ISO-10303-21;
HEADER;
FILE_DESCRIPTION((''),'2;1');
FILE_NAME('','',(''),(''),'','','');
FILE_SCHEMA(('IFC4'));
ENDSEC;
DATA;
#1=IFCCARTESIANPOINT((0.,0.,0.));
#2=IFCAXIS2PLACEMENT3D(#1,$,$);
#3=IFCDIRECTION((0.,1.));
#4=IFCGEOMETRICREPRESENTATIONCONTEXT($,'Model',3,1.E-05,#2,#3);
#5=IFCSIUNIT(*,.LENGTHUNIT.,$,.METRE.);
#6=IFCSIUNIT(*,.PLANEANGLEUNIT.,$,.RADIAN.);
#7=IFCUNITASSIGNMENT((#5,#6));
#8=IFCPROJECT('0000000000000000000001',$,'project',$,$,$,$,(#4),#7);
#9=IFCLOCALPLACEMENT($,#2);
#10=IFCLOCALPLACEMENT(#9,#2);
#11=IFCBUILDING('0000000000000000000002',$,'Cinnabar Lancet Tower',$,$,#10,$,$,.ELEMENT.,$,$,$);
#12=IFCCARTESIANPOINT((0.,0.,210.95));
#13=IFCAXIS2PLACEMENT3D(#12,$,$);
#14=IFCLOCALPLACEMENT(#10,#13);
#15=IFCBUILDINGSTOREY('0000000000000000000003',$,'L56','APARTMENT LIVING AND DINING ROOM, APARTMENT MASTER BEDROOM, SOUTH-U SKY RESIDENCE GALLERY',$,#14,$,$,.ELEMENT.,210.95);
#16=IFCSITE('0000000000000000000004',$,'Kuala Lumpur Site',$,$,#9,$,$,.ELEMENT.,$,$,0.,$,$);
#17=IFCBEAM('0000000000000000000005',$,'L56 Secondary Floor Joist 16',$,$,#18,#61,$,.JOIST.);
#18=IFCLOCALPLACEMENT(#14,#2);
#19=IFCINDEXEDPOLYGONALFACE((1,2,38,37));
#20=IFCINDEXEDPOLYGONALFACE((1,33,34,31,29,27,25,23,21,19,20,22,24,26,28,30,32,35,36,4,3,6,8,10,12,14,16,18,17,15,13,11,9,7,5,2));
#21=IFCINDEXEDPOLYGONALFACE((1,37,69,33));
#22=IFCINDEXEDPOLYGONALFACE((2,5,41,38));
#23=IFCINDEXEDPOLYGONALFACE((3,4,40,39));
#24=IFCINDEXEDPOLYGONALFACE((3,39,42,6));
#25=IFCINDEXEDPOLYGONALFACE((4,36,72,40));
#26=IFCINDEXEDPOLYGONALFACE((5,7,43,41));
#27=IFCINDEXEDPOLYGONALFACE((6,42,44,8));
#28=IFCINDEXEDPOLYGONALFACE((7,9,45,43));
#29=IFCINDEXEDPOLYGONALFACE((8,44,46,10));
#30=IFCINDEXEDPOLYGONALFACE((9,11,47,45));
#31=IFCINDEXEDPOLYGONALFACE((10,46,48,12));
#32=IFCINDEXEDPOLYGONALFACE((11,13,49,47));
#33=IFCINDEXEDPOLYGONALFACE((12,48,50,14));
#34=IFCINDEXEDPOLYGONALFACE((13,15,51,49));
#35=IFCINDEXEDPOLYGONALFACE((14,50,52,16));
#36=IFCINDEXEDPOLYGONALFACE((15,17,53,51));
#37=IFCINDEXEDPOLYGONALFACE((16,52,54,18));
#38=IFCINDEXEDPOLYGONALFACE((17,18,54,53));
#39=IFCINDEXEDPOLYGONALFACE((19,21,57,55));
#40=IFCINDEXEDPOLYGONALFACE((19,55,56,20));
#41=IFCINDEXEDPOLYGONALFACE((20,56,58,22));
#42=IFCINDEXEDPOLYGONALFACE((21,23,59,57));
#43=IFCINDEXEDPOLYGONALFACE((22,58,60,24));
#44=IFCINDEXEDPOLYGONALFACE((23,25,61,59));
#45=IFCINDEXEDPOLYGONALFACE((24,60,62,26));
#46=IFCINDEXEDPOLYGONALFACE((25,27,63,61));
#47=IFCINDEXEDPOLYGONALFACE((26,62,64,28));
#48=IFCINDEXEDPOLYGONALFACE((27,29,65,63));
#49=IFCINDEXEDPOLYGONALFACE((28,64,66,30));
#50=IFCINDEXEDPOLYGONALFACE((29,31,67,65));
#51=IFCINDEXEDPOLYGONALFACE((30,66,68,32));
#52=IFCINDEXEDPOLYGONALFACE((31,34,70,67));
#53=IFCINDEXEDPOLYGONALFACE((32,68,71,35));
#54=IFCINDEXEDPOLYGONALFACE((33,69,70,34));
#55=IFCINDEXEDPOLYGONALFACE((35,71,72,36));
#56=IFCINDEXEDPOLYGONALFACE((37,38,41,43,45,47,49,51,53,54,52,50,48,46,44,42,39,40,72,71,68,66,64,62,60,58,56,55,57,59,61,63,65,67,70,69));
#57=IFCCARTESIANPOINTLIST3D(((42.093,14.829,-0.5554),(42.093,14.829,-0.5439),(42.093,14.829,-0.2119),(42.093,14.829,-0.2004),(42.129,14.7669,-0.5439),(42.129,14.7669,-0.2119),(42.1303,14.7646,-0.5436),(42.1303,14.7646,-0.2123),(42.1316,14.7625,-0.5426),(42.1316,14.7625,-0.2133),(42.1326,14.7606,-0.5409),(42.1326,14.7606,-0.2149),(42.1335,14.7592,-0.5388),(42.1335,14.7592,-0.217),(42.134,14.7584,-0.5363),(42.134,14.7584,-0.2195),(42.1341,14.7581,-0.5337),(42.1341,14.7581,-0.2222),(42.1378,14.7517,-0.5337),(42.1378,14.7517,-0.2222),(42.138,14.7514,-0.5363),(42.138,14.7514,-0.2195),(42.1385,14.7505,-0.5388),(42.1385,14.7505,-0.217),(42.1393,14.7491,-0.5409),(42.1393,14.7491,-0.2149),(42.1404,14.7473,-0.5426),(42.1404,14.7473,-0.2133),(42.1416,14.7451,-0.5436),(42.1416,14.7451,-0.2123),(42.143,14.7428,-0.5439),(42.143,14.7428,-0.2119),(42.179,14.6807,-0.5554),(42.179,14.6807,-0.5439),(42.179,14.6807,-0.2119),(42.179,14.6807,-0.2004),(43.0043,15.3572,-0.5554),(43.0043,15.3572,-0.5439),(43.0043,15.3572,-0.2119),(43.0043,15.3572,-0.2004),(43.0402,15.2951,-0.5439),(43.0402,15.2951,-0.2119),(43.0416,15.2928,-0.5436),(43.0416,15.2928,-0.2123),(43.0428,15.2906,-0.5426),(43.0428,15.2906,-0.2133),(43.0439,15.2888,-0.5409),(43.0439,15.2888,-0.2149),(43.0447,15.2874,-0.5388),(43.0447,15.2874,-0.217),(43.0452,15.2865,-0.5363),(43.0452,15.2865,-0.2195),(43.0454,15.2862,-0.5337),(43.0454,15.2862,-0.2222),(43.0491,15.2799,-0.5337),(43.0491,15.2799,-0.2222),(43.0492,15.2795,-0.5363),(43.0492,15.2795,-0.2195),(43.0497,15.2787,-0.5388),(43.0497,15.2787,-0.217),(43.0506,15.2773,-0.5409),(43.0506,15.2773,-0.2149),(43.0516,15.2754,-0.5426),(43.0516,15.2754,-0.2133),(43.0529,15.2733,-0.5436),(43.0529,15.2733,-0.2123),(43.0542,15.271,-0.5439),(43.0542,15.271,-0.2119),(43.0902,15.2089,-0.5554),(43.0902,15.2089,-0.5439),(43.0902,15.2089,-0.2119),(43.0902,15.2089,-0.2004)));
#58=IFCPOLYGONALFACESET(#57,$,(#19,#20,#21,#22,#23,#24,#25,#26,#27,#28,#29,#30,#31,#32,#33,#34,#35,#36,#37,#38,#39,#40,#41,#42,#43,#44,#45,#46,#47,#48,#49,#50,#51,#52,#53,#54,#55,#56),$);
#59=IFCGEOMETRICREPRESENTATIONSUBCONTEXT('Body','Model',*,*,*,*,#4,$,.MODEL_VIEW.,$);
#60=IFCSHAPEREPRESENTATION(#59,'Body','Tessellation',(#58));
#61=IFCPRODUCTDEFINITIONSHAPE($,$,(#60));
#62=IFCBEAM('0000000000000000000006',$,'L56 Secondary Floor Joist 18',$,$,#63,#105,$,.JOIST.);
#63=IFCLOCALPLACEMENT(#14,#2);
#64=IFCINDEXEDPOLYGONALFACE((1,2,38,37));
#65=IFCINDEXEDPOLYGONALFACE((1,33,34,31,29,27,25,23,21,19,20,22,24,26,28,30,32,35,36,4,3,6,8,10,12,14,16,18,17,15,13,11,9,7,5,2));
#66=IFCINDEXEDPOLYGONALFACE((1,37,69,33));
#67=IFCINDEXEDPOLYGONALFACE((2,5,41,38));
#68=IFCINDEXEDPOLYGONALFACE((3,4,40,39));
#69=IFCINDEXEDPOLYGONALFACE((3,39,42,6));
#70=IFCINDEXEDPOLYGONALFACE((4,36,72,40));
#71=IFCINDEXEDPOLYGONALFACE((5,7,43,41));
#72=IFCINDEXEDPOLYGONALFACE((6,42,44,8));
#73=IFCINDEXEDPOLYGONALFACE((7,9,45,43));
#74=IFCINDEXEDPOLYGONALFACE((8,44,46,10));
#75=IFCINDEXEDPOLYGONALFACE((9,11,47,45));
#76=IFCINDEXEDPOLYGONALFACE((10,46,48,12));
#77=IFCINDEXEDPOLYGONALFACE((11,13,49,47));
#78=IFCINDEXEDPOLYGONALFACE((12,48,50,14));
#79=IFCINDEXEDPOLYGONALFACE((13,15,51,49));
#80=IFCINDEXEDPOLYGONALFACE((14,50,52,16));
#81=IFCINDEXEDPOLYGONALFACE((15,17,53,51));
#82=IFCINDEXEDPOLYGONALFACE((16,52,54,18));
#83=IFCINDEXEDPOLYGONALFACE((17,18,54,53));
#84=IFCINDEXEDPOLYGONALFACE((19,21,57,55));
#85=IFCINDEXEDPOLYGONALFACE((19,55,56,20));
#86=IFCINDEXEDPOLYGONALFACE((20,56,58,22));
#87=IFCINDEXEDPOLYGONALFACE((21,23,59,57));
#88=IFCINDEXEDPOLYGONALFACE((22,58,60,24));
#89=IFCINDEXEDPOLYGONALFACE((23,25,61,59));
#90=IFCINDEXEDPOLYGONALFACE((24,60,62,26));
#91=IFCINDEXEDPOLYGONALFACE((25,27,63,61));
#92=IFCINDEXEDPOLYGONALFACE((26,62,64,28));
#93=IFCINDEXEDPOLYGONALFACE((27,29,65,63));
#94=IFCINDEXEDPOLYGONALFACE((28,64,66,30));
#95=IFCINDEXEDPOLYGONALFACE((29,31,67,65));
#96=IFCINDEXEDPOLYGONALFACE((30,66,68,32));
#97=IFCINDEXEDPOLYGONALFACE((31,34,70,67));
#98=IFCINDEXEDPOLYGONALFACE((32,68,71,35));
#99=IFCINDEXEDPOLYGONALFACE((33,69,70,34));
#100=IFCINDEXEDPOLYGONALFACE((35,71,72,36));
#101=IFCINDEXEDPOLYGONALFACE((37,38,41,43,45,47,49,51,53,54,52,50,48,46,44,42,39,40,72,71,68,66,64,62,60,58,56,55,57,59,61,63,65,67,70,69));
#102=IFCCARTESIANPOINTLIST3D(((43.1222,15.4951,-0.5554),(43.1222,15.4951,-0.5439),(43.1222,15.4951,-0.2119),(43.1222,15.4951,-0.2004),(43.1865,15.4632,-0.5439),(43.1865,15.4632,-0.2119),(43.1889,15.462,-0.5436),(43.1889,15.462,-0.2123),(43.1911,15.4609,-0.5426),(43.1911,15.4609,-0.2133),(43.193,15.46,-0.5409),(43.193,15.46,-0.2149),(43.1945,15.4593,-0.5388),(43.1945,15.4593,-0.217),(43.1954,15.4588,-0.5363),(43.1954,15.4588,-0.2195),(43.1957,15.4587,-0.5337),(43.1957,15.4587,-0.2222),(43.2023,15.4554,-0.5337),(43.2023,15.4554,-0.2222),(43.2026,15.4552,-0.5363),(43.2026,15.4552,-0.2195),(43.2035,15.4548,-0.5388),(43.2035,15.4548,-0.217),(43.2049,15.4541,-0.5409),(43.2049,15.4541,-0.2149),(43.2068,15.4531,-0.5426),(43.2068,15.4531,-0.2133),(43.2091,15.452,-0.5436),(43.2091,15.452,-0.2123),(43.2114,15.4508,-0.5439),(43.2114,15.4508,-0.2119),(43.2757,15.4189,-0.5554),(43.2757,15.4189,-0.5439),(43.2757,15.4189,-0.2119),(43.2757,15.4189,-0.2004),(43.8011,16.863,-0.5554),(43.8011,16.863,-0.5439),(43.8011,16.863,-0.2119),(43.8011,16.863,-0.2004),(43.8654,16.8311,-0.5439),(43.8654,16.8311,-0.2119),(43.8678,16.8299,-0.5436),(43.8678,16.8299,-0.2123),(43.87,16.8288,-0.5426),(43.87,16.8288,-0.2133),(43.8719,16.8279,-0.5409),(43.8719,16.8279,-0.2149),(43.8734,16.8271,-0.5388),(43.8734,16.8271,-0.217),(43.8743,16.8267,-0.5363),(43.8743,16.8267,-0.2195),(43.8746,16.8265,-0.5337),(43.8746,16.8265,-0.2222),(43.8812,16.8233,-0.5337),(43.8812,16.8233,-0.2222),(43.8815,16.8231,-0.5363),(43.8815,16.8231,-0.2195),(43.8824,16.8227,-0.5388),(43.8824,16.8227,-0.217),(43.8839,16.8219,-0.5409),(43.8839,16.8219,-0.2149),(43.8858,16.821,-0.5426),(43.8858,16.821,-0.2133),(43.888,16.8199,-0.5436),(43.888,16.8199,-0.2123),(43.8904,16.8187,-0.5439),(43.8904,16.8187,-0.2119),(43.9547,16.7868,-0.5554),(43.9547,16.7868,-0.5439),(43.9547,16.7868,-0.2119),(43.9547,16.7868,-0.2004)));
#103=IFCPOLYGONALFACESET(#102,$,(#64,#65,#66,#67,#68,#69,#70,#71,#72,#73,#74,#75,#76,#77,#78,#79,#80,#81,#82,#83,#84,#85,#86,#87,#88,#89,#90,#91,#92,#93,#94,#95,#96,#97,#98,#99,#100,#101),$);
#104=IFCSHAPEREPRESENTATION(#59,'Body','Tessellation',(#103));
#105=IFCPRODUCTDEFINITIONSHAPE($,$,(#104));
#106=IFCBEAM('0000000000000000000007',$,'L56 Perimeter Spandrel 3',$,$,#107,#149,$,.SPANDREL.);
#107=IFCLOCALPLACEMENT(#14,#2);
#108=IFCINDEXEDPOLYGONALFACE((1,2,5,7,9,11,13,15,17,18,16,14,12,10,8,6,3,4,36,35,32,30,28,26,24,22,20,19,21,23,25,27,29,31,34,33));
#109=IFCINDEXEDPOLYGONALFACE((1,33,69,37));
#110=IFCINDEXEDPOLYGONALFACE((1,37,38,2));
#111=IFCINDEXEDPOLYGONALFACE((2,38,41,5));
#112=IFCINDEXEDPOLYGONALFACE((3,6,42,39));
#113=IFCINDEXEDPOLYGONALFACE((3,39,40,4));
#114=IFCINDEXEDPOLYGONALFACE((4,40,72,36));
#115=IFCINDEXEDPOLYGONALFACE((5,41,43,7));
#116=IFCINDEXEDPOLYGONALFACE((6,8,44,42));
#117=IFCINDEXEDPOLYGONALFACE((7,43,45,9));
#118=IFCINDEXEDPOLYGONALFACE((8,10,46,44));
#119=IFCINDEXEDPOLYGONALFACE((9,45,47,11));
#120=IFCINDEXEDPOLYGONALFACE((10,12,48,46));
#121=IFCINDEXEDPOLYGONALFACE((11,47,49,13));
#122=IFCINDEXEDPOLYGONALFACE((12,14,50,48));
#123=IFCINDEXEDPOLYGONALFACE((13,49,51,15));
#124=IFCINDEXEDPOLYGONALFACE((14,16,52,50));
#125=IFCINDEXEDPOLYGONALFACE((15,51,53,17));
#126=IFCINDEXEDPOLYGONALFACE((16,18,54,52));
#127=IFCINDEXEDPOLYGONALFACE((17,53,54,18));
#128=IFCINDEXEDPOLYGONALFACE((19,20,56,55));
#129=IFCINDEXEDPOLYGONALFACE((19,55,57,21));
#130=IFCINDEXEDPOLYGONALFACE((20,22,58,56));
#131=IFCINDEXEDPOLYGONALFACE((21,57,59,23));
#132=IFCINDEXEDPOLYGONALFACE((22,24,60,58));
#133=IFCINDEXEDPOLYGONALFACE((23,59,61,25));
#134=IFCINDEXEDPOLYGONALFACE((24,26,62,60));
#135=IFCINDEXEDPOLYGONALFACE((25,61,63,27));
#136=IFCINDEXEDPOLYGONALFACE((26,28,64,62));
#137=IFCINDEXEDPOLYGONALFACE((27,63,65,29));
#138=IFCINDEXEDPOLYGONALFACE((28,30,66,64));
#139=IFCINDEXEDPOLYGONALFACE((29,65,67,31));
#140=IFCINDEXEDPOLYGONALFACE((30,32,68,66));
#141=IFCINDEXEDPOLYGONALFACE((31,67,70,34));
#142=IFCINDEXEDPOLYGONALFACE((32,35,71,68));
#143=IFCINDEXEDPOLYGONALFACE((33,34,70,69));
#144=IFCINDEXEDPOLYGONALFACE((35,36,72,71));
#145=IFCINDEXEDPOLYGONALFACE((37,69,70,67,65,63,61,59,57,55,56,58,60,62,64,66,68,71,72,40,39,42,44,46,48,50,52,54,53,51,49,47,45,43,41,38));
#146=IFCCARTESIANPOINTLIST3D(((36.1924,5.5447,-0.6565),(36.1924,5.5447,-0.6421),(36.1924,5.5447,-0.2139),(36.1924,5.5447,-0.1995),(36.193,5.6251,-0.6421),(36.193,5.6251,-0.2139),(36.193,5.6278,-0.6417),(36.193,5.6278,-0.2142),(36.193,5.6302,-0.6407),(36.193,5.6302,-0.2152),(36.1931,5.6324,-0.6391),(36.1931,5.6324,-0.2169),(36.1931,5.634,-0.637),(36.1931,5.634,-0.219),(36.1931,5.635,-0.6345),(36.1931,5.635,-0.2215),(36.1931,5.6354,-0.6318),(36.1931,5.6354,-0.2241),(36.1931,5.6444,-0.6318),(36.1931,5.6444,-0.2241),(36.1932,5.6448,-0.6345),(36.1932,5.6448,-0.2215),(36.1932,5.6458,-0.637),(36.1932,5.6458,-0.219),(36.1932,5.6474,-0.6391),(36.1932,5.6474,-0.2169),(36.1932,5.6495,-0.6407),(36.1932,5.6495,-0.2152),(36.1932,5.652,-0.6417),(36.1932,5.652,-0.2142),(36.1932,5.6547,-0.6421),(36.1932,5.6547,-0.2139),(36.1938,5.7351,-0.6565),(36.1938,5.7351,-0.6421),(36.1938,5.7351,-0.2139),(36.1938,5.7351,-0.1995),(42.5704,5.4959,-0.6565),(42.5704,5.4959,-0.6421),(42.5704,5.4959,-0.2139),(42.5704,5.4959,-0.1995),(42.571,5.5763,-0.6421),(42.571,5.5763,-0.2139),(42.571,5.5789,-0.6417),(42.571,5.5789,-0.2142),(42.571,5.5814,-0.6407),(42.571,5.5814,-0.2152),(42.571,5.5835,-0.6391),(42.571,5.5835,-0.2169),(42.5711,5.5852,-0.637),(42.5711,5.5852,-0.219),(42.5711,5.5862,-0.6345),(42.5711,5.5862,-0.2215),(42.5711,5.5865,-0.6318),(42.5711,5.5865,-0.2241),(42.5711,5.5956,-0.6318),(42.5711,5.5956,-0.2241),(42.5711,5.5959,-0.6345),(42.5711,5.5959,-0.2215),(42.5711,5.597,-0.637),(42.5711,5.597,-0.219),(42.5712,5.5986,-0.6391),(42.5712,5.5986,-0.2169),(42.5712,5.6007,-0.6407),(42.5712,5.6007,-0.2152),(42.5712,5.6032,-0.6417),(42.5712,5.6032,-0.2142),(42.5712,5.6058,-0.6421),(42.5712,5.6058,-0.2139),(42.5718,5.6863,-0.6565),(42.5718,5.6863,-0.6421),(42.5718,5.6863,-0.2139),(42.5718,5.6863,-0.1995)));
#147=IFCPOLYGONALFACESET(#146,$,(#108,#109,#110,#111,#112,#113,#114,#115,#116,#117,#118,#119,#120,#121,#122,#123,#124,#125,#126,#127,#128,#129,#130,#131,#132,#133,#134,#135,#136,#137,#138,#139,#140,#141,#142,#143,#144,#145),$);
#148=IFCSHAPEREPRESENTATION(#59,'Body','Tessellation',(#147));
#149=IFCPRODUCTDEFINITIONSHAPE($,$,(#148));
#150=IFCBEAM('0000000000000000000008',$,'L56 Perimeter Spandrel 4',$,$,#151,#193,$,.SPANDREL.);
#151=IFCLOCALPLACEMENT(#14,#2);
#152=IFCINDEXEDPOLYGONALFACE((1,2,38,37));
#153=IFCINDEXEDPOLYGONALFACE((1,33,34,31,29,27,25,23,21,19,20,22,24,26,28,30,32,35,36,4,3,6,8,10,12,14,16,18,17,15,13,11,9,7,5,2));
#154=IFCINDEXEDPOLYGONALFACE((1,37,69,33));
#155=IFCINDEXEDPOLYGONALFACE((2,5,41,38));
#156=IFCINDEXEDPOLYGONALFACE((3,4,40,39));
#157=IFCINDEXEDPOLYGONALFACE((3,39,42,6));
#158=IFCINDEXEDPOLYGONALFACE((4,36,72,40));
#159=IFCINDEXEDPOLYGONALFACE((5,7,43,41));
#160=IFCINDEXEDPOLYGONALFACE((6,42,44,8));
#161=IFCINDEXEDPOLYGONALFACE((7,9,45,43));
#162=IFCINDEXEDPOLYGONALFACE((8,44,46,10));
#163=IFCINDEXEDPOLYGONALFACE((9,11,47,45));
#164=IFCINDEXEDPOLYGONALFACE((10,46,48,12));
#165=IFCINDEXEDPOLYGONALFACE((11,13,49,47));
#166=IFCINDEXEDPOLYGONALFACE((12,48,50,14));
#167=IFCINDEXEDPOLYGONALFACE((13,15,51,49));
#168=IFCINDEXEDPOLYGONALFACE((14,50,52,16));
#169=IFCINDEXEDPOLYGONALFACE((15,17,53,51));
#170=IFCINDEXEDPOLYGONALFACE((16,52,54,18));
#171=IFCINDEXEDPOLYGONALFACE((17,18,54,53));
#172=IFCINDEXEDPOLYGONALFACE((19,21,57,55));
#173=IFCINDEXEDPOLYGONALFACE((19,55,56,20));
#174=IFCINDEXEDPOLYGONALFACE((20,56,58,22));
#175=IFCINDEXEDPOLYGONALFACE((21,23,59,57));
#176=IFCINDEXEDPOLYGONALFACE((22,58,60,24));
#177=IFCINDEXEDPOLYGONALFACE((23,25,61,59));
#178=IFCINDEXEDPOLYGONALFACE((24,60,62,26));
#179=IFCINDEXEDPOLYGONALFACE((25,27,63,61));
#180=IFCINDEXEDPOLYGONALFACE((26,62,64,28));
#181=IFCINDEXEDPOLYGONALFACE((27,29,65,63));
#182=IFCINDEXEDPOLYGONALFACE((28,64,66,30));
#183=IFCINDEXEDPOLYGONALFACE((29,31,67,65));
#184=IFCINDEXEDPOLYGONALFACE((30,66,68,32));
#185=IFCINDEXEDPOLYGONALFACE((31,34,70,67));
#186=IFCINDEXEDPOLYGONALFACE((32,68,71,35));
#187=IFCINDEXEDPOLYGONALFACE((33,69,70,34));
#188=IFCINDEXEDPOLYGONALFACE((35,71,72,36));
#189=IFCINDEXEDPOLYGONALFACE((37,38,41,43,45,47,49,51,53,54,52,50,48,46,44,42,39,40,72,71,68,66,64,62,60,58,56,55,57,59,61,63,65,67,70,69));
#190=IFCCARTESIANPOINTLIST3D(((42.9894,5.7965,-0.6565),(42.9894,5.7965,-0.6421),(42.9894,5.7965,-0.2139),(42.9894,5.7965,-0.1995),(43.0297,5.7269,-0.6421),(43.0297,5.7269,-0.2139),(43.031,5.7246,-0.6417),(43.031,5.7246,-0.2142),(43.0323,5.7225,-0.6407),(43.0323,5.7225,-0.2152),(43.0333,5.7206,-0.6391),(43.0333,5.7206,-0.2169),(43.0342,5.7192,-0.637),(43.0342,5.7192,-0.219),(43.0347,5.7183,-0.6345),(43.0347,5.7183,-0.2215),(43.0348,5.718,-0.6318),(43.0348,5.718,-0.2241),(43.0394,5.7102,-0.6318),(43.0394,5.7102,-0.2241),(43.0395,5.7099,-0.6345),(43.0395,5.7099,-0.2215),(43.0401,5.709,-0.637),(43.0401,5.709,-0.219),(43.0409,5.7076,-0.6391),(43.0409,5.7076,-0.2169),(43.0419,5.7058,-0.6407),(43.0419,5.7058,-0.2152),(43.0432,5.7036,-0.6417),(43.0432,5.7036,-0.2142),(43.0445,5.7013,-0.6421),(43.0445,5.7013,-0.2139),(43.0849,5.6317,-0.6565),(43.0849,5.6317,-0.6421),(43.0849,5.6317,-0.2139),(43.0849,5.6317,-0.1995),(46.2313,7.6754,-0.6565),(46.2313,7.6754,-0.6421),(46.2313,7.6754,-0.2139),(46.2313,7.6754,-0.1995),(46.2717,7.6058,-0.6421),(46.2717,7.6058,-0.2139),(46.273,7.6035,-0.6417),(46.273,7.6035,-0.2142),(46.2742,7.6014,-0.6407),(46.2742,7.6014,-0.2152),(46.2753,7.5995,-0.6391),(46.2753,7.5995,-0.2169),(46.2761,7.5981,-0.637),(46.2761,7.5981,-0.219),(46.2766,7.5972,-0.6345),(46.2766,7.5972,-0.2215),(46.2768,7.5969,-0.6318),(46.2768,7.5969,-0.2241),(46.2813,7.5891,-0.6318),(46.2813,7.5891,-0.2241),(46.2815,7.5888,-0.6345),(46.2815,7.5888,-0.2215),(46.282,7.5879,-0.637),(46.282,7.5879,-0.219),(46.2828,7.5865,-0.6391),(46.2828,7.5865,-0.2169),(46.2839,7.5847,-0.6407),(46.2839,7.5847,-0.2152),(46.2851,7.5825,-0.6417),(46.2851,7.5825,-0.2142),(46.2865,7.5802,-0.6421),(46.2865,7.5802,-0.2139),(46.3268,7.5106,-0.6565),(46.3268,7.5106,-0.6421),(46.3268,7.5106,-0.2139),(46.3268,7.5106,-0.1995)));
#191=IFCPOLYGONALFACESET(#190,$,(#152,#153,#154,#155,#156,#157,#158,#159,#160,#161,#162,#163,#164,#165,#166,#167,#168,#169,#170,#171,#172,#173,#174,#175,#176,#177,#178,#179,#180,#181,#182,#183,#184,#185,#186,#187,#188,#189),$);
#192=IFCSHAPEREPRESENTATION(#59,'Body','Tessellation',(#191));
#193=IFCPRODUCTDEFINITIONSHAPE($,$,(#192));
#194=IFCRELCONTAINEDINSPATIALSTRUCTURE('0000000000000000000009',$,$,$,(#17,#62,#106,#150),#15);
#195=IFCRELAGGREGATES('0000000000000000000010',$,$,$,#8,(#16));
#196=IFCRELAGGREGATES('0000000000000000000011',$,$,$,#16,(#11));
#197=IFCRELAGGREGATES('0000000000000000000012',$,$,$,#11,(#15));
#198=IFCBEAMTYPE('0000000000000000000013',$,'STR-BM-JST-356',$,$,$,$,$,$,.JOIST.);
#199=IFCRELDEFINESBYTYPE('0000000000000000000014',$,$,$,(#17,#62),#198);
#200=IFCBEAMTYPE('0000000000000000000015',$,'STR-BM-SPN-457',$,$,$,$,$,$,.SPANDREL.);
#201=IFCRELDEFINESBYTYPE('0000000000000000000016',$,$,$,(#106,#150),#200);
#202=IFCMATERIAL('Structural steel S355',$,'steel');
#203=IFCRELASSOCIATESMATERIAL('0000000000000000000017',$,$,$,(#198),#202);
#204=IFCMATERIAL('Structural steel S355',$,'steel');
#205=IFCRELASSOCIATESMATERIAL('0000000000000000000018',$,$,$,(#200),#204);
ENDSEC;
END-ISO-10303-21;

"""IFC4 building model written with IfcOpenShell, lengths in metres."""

from ifc_helpers import new_model, si_unit, direction, frame, origin, origin_2d, place, context, subcontext, project, spatial, i_section, extrude, material, material_profile, profile_set, type_object, element, save


model = new_model("IFC4")

# Units and contexts
model_context = context("Model", 3, precision=1e-05, world=origin(), true_north=direction((0.0, 1.0)))
body_context = subcontext(model_context, "Body", "Model", "MODEL_VIEW")
ifc_project = project(units=[si_unit("LENGTHUNIT", "METRE"), si_unit("PLANEANGLEUNIT", "RADIAN")], contexts=[model_context])

# Site, building, storey
site_placement = place(None, origin())
site = spatial("IfcSite", under=ifc_project, at=site_placement, Name="Kuala Lumpur Site", CompositionType="ELEMENT", RefElevation=0.0)
building_placement = place(site_placement, origin())
building = spatial("IfcBuilding", under=site, at=building_placement, Name="Cinnabar Lancet Tower", CompositionType="ELEMENT")
storey_placement = place(building_placement, frame((0.0, 0.0, 210.95)))
storey = spatial("IfcBuildingStorey", under=building, at=storey_placement, Name="L56", Description="APARTMENT LIVING AND DINING ROOM, APARTMENT MASTER BEDROOM, SOUTH-U SKY RESIDENCE GALLERY", CompositionType="ELEMENT", Elevation=210.95)

# Beams
ifc_material_1 = material(Name="Structural steel S355", Category="steel")
ifc_material_profile_1 = material_profile(ifc_material_1, i_section(OverallWidth=0.1714, OverallDepth=0.355, WebThickness=0.0073, FlangeThickness=0.0115, FilletRadius=0.0103, at=origin_2d()), Name="UKB 356x171x51")
ifc_profile_set_1 = profile_set([ifc_material_profile_1], Name="Structural steel S355")
beam_type_1 = type_object("IfcBeamType", Name="STR-BM-JST-356", PredefinedType="JOIST", material=ifc_profile_set_1)
beam_1_placement = place(storey_placement, frame((42.136, 14.7549, -0.3779), z_axis=(0.865188, 0.501447, 0.0), x_axis=(-0.501447, 0.865188, 0.0)))
element("IfcBeam", 1, at=beam_1_placement, inside=storey, type_object=beam_type_1, Name="L56 Secondary Floor Joist 16", PredefinedType="JOIST", context=body_context, shape_type="SweptSolid", body=[
    extrude(i_section(OverallWidth=0.1714, OverallDepth=0.355, WebThickness=0.0073, FlangeThickness=0.0115, FilletRadius=0.0103, at=origin_2d()), origin(), (0.0, 0.0, 1.0), 1.0532),
])
beam_2_placement = place(storey_placement, frame((43.199, 15.457, -0.3779), z_axis=(0.44459, 0.895734, 0.0), x_axis=(-0.895734, 0.44459, 0.0)))
element("IfcBeam", 2, at=beam_2_placement, inside=storey, type_object=beam_type_1, Name="L56 Secondary Floor Joist 18", PredefinedType="JOIST", context=body_context, shape_type="SweptSolid", body=[
    extrude(i_section(OverallWidth=0.1714, OverallDepth=0.355, WebThickness=0.0073, FlangeThickness=0.0115, FilletRadius=0.0103, at=origin_2d()), origin(), (0.0, 0.0, 1.0), 1.5271),
])
ifc_material_2 = material(Name="Structural steel S355", Category="steel")
ifc_material_profile_2 = material_profile(ifc_material_2, i_section(OverallWidth=0.1904, OverallDepth=0.457, WebThickness=0.009, FlangeThickness=0.0144, FilletRadius=0.0103, at=origin_2d()), Name="UKB 457x191x74")
ifc_profile_set_2 = profile_set([ifc_material_profile_2], Name="Structural steel S355")
beam_type_2 = type_object("IfcBeamType", Name="STR-BM-SPN-457", PredefinedType="SPANDREL", material=ifc_profile_set_2)
beam_3_placement = place(storey_placement, frame((36.1931, 5.6399, -0.428), z_axis=(0.999971, -0.007656, 0.0), x_axis=(0.007656, 0.999971, 0.0)))
element("IfcBeam", 3, at=beam_3_placement, inside=storey, type_object=beam_type_2, Name="L56 Perimeter Spandrel 3", PredefinedType="SPANDREL", context=body_context, shape_type="SweptSolid", body=[
    extrude(i_section(OverallWidth=0.1904, OverallDepth=0.457, WebThickness=0.009, FlangeThickness=0.0144, FilletRadius=0.0103, at=origin_2d()), origin(), (0.0, 0.0, 1.0), 6.3782),
])
beam_4_placement = place(storey_placement, frame((43.0371, 5.7141, -0.428), z_axis=(0.865196, 0.501434, 0.0), x_axis=(-0.501434, 0.865196, 0.0)))
element("IfcBeam", 4, at=beam_4_placement, inside=storey, type_object=beam_type_2, Name="L56 Perimeter Spandrel 4", PredefinedType="SPANDREL", context=body_context, shape_type="SweptSolid", body=[
    extrude(i_section(OverallWidth=0.1904, OverallDepth=0.457, WebThickness=0.009, FlangeThickness=0.0144, FilletRadius=0.0103, at=origin_2d()), origin(), (0.0, 0.0, 1.0), 3.7471),
])

save(model, "model.ifc")
